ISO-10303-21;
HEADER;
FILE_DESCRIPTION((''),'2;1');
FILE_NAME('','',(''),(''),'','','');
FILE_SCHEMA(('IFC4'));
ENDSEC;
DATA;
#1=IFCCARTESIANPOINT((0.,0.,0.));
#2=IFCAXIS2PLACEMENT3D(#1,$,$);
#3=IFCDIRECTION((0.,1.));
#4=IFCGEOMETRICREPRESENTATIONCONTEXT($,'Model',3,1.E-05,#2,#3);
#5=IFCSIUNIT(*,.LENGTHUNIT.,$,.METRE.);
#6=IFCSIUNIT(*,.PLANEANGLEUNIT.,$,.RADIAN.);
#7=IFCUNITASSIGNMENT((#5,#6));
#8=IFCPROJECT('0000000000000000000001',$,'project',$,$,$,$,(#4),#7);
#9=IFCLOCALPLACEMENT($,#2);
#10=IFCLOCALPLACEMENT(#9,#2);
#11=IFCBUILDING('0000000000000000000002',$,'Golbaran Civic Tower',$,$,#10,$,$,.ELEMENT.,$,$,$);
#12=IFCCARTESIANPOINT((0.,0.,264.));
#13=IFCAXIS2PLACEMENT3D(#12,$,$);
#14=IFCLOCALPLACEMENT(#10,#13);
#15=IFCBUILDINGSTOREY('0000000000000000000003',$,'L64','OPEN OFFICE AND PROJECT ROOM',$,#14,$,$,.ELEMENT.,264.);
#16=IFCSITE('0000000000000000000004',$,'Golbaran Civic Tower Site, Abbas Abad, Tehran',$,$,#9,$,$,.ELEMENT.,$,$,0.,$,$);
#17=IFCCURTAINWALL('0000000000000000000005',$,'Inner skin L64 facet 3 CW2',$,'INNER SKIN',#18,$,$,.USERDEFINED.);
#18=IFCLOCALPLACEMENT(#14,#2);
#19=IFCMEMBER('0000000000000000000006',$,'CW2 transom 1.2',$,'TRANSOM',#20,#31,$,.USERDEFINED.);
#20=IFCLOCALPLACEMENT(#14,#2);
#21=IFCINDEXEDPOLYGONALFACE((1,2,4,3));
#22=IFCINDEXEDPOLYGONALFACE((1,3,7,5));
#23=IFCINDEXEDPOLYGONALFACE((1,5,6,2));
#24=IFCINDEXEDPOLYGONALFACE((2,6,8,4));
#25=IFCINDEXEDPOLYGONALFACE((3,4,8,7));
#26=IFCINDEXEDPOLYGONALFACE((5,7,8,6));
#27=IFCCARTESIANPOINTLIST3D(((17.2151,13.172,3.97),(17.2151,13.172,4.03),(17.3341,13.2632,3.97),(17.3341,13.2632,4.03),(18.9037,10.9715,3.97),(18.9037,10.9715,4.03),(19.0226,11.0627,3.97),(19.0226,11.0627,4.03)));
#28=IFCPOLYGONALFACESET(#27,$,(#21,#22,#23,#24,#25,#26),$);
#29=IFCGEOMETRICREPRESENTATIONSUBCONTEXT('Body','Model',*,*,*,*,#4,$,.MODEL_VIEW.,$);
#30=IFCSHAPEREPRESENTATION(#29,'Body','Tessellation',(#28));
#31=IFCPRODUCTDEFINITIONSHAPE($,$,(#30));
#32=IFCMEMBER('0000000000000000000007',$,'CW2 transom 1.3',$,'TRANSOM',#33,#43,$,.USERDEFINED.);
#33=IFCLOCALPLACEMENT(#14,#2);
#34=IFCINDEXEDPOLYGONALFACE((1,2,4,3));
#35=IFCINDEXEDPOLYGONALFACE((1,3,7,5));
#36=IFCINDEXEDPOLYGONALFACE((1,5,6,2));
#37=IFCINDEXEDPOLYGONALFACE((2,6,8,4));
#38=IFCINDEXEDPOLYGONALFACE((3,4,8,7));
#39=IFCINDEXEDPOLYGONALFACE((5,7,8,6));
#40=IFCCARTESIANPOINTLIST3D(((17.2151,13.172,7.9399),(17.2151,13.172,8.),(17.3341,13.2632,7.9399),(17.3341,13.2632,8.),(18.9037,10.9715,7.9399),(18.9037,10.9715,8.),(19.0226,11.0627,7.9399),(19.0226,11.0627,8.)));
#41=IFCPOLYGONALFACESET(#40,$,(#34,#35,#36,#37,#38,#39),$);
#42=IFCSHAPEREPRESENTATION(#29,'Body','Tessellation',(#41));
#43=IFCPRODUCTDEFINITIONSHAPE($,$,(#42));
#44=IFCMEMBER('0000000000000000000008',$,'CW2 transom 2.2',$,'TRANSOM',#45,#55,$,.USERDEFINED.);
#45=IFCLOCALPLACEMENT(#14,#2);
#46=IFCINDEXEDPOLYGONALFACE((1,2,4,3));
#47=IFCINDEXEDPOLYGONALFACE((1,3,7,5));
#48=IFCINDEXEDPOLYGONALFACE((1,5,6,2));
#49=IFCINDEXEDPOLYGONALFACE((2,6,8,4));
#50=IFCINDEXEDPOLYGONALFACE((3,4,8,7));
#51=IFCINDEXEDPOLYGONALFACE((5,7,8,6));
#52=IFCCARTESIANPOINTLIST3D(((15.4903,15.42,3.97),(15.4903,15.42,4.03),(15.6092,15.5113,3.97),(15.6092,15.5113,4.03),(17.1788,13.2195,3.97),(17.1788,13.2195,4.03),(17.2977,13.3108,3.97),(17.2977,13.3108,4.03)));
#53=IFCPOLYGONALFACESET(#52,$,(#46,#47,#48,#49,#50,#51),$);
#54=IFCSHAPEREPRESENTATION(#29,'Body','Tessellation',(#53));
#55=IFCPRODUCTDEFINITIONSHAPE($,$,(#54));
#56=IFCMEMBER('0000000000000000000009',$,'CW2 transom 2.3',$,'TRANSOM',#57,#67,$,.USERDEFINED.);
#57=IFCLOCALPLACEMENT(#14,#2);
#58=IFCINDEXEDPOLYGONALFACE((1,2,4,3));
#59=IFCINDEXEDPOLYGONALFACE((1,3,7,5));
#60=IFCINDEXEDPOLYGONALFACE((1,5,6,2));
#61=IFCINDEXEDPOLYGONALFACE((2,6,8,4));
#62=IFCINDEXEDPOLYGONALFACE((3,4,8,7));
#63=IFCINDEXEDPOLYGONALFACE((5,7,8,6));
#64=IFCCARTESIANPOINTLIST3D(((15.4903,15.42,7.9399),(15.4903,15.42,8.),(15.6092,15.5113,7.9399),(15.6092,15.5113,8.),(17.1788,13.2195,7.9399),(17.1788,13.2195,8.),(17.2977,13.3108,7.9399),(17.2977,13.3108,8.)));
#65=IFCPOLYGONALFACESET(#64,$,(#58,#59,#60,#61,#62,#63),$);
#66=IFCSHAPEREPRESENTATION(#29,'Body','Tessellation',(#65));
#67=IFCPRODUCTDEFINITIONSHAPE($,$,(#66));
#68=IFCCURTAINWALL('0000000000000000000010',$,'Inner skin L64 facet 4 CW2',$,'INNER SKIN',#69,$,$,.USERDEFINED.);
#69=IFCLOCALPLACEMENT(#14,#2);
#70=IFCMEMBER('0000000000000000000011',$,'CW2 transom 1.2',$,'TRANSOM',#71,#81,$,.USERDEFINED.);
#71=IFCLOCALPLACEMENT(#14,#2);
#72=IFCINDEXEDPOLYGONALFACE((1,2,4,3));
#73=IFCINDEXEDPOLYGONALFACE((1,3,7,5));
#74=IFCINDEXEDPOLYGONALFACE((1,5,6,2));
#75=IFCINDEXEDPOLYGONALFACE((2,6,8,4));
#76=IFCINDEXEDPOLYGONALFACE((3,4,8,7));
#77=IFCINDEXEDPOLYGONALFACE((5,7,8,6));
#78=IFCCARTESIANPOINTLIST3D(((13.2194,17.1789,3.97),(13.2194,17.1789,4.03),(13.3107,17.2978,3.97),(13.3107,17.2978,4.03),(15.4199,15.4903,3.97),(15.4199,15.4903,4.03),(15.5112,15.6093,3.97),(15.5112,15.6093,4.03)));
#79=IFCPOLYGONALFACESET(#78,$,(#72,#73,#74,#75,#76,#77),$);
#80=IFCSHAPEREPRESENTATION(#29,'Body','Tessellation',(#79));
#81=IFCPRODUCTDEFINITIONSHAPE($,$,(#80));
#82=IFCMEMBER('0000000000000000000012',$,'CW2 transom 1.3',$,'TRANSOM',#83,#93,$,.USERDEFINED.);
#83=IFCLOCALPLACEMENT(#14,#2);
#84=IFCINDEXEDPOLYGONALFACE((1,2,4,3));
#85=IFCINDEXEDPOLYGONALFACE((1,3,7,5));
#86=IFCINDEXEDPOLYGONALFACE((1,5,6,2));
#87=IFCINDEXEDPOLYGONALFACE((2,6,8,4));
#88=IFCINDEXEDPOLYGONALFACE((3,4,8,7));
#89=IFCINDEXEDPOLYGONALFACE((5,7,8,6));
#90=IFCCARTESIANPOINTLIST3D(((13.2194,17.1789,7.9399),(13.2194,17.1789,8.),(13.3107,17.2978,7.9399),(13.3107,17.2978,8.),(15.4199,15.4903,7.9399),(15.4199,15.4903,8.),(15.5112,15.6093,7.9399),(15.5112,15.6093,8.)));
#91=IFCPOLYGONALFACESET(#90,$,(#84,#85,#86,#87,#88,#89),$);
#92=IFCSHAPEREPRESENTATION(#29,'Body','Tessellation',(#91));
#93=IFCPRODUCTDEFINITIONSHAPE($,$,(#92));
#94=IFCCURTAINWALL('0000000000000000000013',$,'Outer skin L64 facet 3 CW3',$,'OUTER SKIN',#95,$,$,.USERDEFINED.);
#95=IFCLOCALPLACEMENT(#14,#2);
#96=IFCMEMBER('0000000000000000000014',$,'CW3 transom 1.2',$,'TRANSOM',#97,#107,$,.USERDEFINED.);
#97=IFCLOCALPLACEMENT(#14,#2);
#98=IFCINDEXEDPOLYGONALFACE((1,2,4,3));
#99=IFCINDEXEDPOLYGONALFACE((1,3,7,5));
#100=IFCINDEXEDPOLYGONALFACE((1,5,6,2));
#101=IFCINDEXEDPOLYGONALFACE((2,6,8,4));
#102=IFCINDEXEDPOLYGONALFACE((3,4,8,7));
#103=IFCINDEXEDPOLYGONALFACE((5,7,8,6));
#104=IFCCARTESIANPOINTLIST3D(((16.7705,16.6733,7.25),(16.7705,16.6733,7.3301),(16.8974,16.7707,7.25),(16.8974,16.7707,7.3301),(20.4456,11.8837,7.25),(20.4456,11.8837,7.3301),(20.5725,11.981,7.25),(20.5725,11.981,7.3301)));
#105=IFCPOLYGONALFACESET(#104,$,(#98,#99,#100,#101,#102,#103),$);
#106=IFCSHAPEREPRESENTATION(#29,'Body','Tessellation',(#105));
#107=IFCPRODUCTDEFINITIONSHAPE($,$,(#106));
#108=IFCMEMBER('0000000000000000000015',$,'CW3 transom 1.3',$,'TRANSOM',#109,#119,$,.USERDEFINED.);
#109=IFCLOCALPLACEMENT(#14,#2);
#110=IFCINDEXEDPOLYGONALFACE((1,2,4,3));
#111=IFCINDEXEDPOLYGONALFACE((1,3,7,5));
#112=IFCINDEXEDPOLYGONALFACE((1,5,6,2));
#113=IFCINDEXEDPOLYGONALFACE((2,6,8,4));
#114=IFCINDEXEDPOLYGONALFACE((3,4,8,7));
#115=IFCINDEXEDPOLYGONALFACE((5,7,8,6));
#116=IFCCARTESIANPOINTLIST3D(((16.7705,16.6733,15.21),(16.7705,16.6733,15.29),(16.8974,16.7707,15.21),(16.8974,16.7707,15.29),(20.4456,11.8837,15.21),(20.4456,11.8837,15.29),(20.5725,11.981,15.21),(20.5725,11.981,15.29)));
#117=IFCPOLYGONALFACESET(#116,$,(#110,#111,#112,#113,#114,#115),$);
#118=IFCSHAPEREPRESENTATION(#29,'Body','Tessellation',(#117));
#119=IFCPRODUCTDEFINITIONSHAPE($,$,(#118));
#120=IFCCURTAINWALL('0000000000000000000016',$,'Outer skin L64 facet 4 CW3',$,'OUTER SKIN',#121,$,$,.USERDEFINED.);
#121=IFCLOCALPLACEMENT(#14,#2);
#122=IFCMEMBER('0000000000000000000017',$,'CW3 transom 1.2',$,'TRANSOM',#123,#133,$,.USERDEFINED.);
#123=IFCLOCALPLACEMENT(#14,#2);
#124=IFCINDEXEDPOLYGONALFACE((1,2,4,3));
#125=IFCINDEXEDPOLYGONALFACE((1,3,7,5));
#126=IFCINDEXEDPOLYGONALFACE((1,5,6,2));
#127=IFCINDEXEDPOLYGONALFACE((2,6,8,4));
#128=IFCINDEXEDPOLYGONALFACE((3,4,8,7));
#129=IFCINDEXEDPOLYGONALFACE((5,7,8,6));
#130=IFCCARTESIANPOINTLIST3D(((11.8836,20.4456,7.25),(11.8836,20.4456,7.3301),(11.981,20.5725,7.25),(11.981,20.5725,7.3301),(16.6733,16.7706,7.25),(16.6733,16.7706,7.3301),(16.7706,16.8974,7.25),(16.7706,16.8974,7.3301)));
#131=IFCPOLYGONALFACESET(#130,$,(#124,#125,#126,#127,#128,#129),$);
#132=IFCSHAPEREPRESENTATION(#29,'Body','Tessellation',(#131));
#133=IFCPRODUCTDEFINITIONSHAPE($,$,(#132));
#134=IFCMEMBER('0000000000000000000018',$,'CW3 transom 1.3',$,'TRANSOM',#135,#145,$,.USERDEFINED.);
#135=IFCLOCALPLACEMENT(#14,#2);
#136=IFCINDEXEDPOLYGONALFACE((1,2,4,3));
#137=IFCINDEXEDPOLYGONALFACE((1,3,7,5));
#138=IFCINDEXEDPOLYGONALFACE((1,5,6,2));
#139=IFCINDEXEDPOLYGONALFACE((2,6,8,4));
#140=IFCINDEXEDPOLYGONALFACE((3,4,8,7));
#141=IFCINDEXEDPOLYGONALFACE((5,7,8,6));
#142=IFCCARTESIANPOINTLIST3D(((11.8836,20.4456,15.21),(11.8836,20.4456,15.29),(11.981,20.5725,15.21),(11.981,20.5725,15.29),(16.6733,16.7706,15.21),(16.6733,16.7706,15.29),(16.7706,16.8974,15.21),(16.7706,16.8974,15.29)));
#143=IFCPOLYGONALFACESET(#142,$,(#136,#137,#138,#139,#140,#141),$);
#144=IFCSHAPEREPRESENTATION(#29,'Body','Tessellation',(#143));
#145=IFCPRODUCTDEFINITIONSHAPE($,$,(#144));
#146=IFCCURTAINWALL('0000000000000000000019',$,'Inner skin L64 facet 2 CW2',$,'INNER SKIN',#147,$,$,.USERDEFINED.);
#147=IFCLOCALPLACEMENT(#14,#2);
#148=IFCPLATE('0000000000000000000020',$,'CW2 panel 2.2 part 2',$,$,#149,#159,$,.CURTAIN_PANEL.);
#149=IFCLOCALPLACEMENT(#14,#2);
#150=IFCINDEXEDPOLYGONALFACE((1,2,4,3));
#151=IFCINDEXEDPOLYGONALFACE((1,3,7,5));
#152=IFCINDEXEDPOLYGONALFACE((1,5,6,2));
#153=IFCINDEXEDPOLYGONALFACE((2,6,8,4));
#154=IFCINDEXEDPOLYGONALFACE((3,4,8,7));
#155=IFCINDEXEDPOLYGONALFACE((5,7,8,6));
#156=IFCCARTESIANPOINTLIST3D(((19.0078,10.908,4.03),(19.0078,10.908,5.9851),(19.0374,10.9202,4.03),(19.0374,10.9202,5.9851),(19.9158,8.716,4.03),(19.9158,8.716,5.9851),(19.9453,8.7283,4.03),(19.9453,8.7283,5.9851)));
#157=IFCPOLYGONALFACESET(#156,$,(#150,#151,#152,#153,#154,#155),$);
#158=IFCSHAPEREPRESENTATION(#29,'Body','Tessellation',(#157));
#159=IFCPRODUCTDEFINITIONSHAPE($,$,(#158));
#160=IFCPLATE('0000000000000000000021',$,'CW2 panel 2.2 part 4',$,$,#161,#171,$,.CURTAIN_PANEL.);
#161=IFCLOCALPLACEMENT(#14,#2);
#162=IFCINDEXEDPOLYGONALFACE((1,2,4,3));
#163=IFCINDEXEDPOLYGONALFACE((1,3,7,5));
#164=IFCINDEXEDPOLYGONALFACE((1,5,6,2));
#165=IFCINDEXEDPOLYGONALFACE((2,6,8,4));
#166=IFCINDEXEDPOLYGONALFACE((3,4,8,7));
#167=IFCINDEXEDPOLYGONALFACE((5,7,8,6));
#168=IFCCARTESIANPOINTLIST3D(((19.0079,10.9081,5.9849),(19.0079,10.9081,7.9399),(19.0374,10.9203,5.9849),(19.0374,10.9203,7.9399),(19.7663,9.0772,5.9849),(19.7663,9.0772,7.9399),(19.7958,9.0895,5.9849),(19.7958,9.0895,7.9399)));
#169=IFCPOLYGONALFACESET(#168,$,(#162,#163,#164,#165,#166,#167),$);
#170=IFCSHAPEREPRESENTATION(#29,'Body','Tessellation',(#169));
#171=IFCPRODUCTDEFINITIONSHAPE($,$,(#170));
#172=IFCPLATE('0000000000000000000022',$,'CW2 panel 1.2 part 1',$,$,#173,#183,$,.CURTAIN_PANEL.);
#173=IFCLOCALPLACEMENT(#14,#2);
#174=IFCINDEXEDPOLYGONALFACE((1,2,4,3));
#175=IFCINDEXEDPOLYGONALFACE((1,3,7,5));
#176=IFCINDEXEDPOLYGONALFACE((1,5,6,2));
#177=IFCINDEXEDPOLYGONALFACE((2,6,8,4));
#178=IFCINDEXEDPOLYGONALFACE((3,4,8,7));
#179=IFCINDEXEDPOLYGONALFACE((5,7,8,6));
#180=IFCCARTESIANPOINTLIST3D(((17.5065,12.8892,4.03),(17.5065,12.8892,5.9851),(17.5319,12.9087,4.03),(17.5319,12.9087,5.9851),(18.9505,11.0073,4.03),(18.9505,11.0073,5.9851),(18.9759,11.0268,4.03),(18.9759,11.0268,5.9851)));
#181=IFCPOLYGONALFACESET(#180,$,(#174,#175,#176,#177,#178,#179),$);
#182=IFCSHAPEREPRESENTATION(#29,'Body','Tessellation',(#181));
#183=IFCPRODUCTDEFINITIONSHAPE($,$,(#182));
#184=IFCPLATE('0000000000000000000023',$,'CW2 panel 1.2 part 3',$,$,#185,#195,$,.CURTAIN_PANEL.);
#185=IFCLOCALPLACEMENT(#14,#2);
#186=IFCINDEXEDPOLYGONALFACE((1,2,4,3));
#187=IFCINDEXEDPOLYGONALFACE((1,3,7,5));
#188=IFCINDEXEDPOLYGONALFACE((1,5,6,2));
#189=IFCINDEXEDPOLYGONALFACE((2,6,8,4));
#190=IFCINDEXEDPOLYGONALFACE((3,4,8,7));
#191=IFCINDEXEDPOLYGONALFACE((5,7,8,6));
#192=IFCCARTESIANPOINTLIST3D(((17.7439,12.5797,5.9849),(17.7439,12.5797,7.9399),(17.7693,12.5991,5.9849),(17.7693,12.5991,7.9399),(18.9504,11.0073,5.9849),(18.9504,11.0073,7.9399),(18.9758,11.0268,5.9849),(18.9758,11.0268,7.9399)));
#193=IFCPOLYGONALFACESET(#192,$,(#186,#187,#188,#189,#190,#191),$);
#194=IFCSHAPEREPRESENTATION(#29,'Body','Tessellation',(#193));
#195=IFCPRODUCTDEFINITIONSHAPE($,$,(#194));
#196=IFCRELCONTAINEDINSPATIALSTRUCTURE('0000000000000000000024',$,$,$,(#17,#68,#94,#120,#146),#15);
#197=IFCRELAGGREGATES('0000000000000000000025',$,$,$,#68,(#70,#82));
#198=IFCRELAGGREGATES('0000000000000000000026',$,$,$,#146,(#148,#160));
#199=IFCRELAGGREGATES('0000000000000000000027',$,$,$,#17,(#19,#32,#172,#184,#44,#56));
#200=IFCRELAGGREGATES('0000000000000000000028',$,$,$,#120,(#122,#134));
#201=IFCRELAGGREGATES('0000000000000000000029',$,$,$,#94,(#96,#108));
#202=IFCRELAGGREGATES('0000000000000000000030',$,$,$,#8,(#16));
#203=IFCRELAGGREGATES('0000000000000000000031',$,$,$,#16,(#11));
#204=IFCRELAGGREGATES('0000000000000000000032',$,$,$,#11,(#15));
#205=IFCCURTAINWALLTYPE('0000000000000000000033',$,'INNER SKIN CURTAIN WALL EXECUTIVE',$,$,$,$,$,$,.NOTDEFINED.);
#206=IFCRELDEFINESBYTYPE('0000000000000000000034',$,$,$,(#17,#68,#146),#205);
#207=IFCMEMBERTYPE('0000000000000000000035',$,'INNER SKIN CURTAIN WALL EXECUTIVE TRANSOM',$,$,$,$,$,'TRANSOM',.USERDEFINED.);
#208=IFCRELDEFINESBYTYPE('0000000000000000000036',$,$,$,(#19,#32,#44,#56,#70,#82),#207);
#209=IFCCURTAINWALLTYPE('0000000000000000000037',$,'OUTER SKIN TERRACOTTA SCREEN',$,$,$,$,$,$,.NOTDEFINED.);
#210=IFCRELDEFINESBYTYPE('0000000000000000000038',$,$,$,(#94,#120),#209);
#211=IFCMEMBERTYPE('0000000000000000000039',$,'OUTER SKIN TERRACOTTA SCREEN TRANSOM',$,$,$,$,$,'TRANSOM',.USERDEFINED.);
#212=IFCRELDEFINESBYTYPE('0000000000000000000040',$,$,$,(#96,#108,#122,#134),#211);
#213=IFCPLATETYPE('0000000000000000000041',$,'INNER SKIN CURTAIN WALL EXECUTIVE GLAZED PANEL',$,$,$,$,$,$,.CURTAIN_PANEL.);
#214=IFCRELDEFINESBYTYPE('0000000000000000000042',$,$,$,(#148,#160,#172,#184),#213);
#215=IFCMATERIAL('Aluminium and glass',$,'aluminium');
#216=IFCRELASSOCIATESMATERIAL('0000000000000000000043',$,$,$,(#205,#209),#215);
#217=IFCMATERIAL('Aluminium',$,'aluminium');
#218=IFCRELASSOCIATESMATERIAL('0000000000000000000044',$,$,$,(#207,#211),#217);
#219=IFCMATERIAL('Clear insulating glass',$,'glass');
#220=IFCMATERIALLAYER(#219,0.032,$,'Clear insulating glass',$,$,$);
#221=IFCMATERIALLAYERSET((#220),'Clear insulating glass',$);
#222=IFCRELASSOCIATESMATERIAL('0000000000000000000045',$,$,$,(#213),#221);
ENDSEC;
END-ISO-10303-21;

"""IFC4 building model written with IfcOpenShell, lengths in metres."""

from ifc_helpers import new_model, si_unit, direction, frame, origin, origin_2d, place, context, subcontext, project, spatial, rectangle, extrude, material, layer, layer_set, material_profile, profile_set, type_object, element, aggregate, save


model = new_model("IFC4")

# Units and contexts
model_context = context("Model", 3, precision=1e-05, world=origin(), true_north=direction((0.0, 1.0)))
body_context = subcontext(model_context, "Body", "Model", "MODEL_VIEW")
ifc_project = project(units=[si_unit("LENGTHUNIT", "METRE"), si_unit("PLANEANGLEUNIT", "RADIAN")], contexts=[model_context])

# Site, building, storey
site_placement = place(None, origin())
site = spatial("IfcSite", under=ifc_project, at=site_placement, Name="Golbaran Civic Tower Site, Abbas Abad, Tehran", CompositionType="ELEMENT", RefElevation=0.0)
building_placement = place(site_placement, origin())
building = spatial("IfcBuilding", under=site, at=building_placement, Name="Golbaran Civic Tower", CompositionType="ELEMENT")
storey_placement = place(building_placement, frame((0.0, 0.0, 264.0)))
storey = spatial("IfcBuildingStorey", under=building, at=storey_placement, Name="L64", Description="OPEN OFFICE AND PROJECT ROOM", CompositionType="ELEMENT", Elevation=264.0)

# Curtain walls, members
ifc_material_1 = material(Name="Aluminium and glass", Category="aluminium")
curtain_wall_type_1 = type_object("IfcCurtainWallType", Name="INNER SKIN CURTAIN WALL EXECUTIVE", PredefinedType="NOTDEFINED", material=ifc_material_1)
curtain_wall_1_placement = place(storey_placement, origin())
curtain_wall_1 = element("IfcCurtainWall", 1, at=curtain_wall_1_placement, inside=storey, type_object=curtain_wall_type_1, Name="Inner skin L64 facet 3 CW2", ObjectType="INNER SKIN", PredefinedType="USERDEFINED")
ifc_material_2 = material(Name="Aluminium", Category="aluminium")
ifc_material_profile_1 = material_profile(ifc_material_2, rectangle(XDim=0.1499, YDim=0.0601, at=origin_2d()), Name="INNER SKIN CURTAIN WALL EXECUTIVE TRANSOM")
ifc_profile_set_1 = profile_set([ifc_material_profile_1], Name="Aluminium")
member_type_1 = type_object("IfcMemberType", Name="INNER SKIN CURTAIN WALL EXECUTIVE TRANSOM", ElementType="TRANSOM", PredefinedType="USERDEFINED", material=ifc_profile_set_1)
member_1_placement = place(storey_placement, frame((18.9631, 11.0171, 4.0), z_axis=(-0.608766, 0.79335, 0.0), x_axis=(-0.79335, -0.608766, 0.0)))
member_1 = element("IfcMember", 2, at=member_1_placement, type_object=member_type_1, Name="CW2 transom 1.2", ObjectType="TRANSOM", PredefinedType="USERDEFINED", context=body_context, shape_type="SweptSolid", body=[
    extrude(rectangle(XDim=0.1499, YDim=0.0601, at=origin_2d()), origin(), (0.0, 0.0, 1.0), 2.7737),
])
member_2_placement = place(storey_placement, frame((18.9631, 11.0171, 7.97), z_axis=(-0.608766, 0.79335, 0.0), x_axis=(-0.79335, -0.608766, 0.0)))
member_2 = element("IfcMember", 3, at=member_2_placement, type_object=member_type_1, Name="CW2 transom 1.3", ObjectType="TRANSOM", PredefinedType="USERDEFINED", context=body_context, shape_type="SweptSolid", body=[
    extrude(rectangle(XDim=0.1499, YDim=0.0601, at=origin_2d()), origin(), (0.0, 0.0, 1.0), 2.7737),
])
member_3_placement = place(storey_placement, frame((17.2383, 13.2651, 4.0), z_axis=(-0.608766, 0.79335, 0.0), x_axis=(-0.79335, -0.608766, 0.0)))
member_3 = element("IfcMember", 4, at=member_3_placement, type_object=member_type_1, Name="CW2 transom 2.2", ObjectType="TRANSOM", PredefinedType="USERDEFINED", context=body_context, shape_type="SweptSolid", body=[
    extrude(rectangle(XDim=0.1499, YDim=0.0601, at=origin_2d()), origin(), (0.0, 0.0, 1.0), 2.7737),
])
member_4_placement = place(storey_placement, frame((17.2383, 13.2651, 7.97), z_axis=(-0.608766, 0.79335, 0.0), x_axis=(-0.79335, -0.608766, 0.0)))
member_4 = element("IfcMember", 5, at=member_4_placement, type_object=member_type_1, Name="CW2 transom 2.3", ObjectType="TRANSOM", PredefinedType="USERDEFINED", context=body_context, shape_type="SweptSolid", body=[
    extrude(rectangle(XDim=0.1499, YDim=0.0601, at=origin_2d()), origin(), (0.0, 0.0, 1.0), 2.7737),
])
curtain_wall_2_placement = place(storey_placement, origin())
curtain_wall_2 = element("IfcCurtainWall", 6, at=curtain_wall_2_placement, inside=storey, type_object=curtain_wall_type_1, Name="Inner skin L64 facet 4 CW2", ObjectType="INNER SKIN", PredefinedType="USERDEFINED")
member_5_placement = place(storey_placement, frame((15.4656, 15.5498, 4.0), z_axis=(-0.79335, 0.608766, 0.0), x_axis=(-0.608766, -0.79335, 0.0)))
member_5 = element("IfcMember", 7, at=member_5_placement, type_object=member_type_1, Name="CW2 transom 1.2", ObjectType="TRANSOM", PredefinedType="USERDEFINED", context=body_context, shape_type="SweptSolid", body=[
    extrude(rectangle(XDim=0.1499, YDim=0.0601, at=origin_2d()), origin(), (0.0, 0.0, 1.0), 2.7737),
])
member_6_placement = place(storey_placement, frame((15.4656, 15.5498, 7.97), z_axis=(-0.79335, 0.608766, 0.0), x_axis=(-0.608766, -0.79335, 0.0)))
member_6 = element("IfcMember", 8, at=member_6_placement, type_object=member_type_1, Name="CW2 transom 1.3", ObjectType="TRANSOM", PredefinedType="USERDEFINED", context=body_context, shape_type="SweptSolid", body=[
    extrude(rectangle(XDim=0.1499, YDim=0.0601, at=origin_2d()), origin(), (0.0, 0.0, 1.0), 2.7737),
])
curtain_wall_type_2 = type_object("IfcCurtainWallType", Name="OUTER SKIN TERRACOTTA SCREEN", PredefinedType="NOTDEFINED", material=ifc_material_1)
curtain_wall_3_placement = place(storey_placement, origin())
curtain_wall_3 = element("IfcCurtainWall", 9, at=curtain_wall_3_placement, inside=storey, type_object=curtain_wall_type_2, Name="Outer skin L64 facet 3 CW3", ObjectType="OUTER SKIN", PredefinedType="USERDEFINED")
ifc_material_profile_2 = material_profile(ifc_material_2, rectangle(XDim=0.1599, YDim=0.0801, at=origin_2d()), Name="OUTER SKIN TERRACOTTA SCREEN TRANSOM")
ifc_profile_set_2 = profile_set([ifc_material_profile_2], Name="Aluminium")
member_type_2 = type_object("IfcMemberType", Name="OUTER SKIN TERRACOTTA SCREEN TRANSOM", ElementType="TRANSOM", PredefinedType="USERDEFINED", material=ifc_profile_set_2)
member_7_placement = place(storey_placement, frame((20.509, 11.9324, 7.29), z_axis=(-0.608751, 0.793362, 0.0), x_axis=(-0.793362, -0.608751, 0.0)))
member_7 = element("IfcMember", 10, at=member_7_placement, type_object=member_type_2, Name="CW3 transom 1.2", ObjectType="TRANSOM", PredefinedType="USERDEFINED", context=body_context, shape_type="SweptSolid", body=[
    extrude(rectangle(XDim=0.1599, YDim=0.0801, at=origin_2d()), origin(), (0.0, 0.0, 1.0), 6.0371),
])
member_8_placement = place(storey_placement, frame((20.509, 11.9324, 15.25), z_axis=(-0.608751, 0.793362, 0.0), x_axis=(-0.793362, -0.608751, 0.0)))
member_8 = element("IfcMember", 11, at=member_8_placement, type_object=member_type_2, Name="CW3 transom 1.3", ObjectType="TRANSOM", PredefinedType="USERDEFINED", context=body_context, shape_type="SweptSolid", body=[
    extrude(rectangle(XDim=0.1599, YDim=0.0801, at=origin_2d()), origin(), (0.0, 0.0, 1.0), 6.0371),
])
curtain_wall_4_placement = place(storey_placement, origin())
curtain_wall_4 = element("IfcCurtainWall", 12, at=curtain_wall_4_placement, inside=storey, type_object=curtain_wall_type_2, Name="Outer skin L64 facet 4 CW3", ObjectType="OUTER SKIN", PredefinedType="USERDEFINED")
member_9_placement = place(storey_placement, frame((16.7219, 16.834, 7.29), z_axis=(-0.793362, 0.608751, 0.0), x_axis=(-0.608751, -0.793362, 0.0)))
member_9 = element("IfcMember", 13, at=member_9_placement, type_object=member_type_2, Name="CW3 transom 1.2", ObjectType="TRANSOM", PredefinedType="USERDEFINED", context=body_context, shape_type="SweptSolid", body=[
    extrude(rectangle(XDim=0.1599, YDim=0.0801, at=origin_2d()), origin(), (0.0, 0.0, 1.0), 6.0371),
])
member_10_placement = place(storey_placement, frame((16.7219, 16.834, 15.25), z_axis=(-0.793362, 0.608751, 0.0), x_axis=(-0.608751, -0.793362, 0.0)))
member_10 = element("IfcMember", 14, at=member_10_placement, type_object=member_type_2, Name="CW3 transom 1.3", ObjectType="TRANSOM", PredefinedType="USERDEFINED", context=body_context, shape_type="SweptSolid", body=[
    extrude(rectangle(XDim=0.1599, YDim=0.0801, at=origin_2d()), origin(), (0.0, 0.0, 1.0), 6.0371),
])

# Curtain wall, plates
curtain_wall_5_placement = place(storey_placement, origin())
curtain_wall_5 = element("IfcCurtainWall", 15, at=curtain_wall_5_placement, inside=storey, type_object=curtain_wall_type_1, Name="Inner skin L64 facet 2 CW2", ObjectType="INNER SKIN", PredefinedType="USERDEFINED")
ifc_material_3 = material(Name="Clear insulating glass", Category="glass")
ifc_layer_1 = layer(ifc_material_3, 0.032, Name="Clear insulating glass")
ifc_layer_set_1 = layer_set([ifc_layer_1], Name="Clear insulating glass")
plate_type_1 = type_object("IfcPlateType", Name="INNER SKIN CURTAIN WALL EXECUTIVE GLAZED PANEL", PredefinedType="CURTAIN_PANEL", material=ifc_layer_set_1)
plate_1_placement = place(storey_placement, frame((19.4766, 9.8181, 4.03), z_axis=(0.0, 0.0, 1.0), x_axis=(-0.382683, 0.92388, 0.0)))
plate_1 = element("IfcPlate", 16, at=plate_1_placement, type_object=plate_type_1, Name="CW2 panel 2.2 part 2", PredefinedType="CURTAIN_PANEL", context=body_context, shape_type="SweptSolid", body=[
    extrude(rectangle(XDim=2.3726, YDim=0.032, at=origin_2d()), origin(), (0.0, 0.0, 1.0), 1.9551),
])
plate_2_placement = place(storey_placement, frame((19.4019, 9.9988, 5.9849), z_axis=(0.0, 0.0, 1.0), x_axis=(-0.382683, 0.92388, 0.0)))
plate_2 = element("IfcPlate", 17, at=plate_2_placement, type_object=plate_type_1, Name="CW2 panel 2.2 part 4", PredefinedType="CURTAIN_PANEL", context=body_context, shape_type="SweptSolid", body=[
    extrude(rectangle(XDim=1.9817, YDim=0.032, at=origin_2d()), origin(), (0.0, 0.0, 1.0), 1.9551),
])

# Plates
plate_3_placement = place(storey_placement, frame((18.2412, 11.958, 4.03), z_axis=(0.0, 0.0, 1.0), x_axis=(-0.608761, 0.793353, 0.0)))
plate_3 = element("IfcPlate", 18, at=plate_3_placement, type_object=plate_type_1, Name="CW2 panel 1.2 part 1", PredefinedType="CURTAIN_PANEL", context=body_context, shape_type="SweptSolid", body=[
    extrude(rectangle(XDim=2.3721, YDim=0.032, at=origin_2d()), origin(), (0.0, 0.0, 1.0), 1.9551),
])
plate_4_placement = place(storey_placement, frame((18.3599, 11.8032, 5.9849), z_axis=(0.0, 0.0, 1.0), x_axis=(-0.608761, 0.793353, 0.0)))
plate_4 = element("IfcPlate", 19, at=plate_4_placement, type_object=plate_type_1, Name="CW2 panel 1.2 part 3", PredefinedType="CURTAIN_PANEL", context=body_context, shape_type="SweptSolid", body=[
    extrude(rectangle(XDim=1.9819, YDim=0.032, at=origin_2d()), origin(), (0.0, 0.0, 1.0), 1.9551),
])
aggregate(curtain_wall_2, [member_5, member_6])
aggregate(curtain_wall_5, [plate_1, plate_2])
aggregate(curtain_wall_1, [member_1, member_2, plate_3, plate_4, member_3, member_4])

aggregate(curtain_wall_4, [member_9, member_10])
aggregate(curtain_wall_3, [member_7, member_8])

save(model, "model.ifc")
